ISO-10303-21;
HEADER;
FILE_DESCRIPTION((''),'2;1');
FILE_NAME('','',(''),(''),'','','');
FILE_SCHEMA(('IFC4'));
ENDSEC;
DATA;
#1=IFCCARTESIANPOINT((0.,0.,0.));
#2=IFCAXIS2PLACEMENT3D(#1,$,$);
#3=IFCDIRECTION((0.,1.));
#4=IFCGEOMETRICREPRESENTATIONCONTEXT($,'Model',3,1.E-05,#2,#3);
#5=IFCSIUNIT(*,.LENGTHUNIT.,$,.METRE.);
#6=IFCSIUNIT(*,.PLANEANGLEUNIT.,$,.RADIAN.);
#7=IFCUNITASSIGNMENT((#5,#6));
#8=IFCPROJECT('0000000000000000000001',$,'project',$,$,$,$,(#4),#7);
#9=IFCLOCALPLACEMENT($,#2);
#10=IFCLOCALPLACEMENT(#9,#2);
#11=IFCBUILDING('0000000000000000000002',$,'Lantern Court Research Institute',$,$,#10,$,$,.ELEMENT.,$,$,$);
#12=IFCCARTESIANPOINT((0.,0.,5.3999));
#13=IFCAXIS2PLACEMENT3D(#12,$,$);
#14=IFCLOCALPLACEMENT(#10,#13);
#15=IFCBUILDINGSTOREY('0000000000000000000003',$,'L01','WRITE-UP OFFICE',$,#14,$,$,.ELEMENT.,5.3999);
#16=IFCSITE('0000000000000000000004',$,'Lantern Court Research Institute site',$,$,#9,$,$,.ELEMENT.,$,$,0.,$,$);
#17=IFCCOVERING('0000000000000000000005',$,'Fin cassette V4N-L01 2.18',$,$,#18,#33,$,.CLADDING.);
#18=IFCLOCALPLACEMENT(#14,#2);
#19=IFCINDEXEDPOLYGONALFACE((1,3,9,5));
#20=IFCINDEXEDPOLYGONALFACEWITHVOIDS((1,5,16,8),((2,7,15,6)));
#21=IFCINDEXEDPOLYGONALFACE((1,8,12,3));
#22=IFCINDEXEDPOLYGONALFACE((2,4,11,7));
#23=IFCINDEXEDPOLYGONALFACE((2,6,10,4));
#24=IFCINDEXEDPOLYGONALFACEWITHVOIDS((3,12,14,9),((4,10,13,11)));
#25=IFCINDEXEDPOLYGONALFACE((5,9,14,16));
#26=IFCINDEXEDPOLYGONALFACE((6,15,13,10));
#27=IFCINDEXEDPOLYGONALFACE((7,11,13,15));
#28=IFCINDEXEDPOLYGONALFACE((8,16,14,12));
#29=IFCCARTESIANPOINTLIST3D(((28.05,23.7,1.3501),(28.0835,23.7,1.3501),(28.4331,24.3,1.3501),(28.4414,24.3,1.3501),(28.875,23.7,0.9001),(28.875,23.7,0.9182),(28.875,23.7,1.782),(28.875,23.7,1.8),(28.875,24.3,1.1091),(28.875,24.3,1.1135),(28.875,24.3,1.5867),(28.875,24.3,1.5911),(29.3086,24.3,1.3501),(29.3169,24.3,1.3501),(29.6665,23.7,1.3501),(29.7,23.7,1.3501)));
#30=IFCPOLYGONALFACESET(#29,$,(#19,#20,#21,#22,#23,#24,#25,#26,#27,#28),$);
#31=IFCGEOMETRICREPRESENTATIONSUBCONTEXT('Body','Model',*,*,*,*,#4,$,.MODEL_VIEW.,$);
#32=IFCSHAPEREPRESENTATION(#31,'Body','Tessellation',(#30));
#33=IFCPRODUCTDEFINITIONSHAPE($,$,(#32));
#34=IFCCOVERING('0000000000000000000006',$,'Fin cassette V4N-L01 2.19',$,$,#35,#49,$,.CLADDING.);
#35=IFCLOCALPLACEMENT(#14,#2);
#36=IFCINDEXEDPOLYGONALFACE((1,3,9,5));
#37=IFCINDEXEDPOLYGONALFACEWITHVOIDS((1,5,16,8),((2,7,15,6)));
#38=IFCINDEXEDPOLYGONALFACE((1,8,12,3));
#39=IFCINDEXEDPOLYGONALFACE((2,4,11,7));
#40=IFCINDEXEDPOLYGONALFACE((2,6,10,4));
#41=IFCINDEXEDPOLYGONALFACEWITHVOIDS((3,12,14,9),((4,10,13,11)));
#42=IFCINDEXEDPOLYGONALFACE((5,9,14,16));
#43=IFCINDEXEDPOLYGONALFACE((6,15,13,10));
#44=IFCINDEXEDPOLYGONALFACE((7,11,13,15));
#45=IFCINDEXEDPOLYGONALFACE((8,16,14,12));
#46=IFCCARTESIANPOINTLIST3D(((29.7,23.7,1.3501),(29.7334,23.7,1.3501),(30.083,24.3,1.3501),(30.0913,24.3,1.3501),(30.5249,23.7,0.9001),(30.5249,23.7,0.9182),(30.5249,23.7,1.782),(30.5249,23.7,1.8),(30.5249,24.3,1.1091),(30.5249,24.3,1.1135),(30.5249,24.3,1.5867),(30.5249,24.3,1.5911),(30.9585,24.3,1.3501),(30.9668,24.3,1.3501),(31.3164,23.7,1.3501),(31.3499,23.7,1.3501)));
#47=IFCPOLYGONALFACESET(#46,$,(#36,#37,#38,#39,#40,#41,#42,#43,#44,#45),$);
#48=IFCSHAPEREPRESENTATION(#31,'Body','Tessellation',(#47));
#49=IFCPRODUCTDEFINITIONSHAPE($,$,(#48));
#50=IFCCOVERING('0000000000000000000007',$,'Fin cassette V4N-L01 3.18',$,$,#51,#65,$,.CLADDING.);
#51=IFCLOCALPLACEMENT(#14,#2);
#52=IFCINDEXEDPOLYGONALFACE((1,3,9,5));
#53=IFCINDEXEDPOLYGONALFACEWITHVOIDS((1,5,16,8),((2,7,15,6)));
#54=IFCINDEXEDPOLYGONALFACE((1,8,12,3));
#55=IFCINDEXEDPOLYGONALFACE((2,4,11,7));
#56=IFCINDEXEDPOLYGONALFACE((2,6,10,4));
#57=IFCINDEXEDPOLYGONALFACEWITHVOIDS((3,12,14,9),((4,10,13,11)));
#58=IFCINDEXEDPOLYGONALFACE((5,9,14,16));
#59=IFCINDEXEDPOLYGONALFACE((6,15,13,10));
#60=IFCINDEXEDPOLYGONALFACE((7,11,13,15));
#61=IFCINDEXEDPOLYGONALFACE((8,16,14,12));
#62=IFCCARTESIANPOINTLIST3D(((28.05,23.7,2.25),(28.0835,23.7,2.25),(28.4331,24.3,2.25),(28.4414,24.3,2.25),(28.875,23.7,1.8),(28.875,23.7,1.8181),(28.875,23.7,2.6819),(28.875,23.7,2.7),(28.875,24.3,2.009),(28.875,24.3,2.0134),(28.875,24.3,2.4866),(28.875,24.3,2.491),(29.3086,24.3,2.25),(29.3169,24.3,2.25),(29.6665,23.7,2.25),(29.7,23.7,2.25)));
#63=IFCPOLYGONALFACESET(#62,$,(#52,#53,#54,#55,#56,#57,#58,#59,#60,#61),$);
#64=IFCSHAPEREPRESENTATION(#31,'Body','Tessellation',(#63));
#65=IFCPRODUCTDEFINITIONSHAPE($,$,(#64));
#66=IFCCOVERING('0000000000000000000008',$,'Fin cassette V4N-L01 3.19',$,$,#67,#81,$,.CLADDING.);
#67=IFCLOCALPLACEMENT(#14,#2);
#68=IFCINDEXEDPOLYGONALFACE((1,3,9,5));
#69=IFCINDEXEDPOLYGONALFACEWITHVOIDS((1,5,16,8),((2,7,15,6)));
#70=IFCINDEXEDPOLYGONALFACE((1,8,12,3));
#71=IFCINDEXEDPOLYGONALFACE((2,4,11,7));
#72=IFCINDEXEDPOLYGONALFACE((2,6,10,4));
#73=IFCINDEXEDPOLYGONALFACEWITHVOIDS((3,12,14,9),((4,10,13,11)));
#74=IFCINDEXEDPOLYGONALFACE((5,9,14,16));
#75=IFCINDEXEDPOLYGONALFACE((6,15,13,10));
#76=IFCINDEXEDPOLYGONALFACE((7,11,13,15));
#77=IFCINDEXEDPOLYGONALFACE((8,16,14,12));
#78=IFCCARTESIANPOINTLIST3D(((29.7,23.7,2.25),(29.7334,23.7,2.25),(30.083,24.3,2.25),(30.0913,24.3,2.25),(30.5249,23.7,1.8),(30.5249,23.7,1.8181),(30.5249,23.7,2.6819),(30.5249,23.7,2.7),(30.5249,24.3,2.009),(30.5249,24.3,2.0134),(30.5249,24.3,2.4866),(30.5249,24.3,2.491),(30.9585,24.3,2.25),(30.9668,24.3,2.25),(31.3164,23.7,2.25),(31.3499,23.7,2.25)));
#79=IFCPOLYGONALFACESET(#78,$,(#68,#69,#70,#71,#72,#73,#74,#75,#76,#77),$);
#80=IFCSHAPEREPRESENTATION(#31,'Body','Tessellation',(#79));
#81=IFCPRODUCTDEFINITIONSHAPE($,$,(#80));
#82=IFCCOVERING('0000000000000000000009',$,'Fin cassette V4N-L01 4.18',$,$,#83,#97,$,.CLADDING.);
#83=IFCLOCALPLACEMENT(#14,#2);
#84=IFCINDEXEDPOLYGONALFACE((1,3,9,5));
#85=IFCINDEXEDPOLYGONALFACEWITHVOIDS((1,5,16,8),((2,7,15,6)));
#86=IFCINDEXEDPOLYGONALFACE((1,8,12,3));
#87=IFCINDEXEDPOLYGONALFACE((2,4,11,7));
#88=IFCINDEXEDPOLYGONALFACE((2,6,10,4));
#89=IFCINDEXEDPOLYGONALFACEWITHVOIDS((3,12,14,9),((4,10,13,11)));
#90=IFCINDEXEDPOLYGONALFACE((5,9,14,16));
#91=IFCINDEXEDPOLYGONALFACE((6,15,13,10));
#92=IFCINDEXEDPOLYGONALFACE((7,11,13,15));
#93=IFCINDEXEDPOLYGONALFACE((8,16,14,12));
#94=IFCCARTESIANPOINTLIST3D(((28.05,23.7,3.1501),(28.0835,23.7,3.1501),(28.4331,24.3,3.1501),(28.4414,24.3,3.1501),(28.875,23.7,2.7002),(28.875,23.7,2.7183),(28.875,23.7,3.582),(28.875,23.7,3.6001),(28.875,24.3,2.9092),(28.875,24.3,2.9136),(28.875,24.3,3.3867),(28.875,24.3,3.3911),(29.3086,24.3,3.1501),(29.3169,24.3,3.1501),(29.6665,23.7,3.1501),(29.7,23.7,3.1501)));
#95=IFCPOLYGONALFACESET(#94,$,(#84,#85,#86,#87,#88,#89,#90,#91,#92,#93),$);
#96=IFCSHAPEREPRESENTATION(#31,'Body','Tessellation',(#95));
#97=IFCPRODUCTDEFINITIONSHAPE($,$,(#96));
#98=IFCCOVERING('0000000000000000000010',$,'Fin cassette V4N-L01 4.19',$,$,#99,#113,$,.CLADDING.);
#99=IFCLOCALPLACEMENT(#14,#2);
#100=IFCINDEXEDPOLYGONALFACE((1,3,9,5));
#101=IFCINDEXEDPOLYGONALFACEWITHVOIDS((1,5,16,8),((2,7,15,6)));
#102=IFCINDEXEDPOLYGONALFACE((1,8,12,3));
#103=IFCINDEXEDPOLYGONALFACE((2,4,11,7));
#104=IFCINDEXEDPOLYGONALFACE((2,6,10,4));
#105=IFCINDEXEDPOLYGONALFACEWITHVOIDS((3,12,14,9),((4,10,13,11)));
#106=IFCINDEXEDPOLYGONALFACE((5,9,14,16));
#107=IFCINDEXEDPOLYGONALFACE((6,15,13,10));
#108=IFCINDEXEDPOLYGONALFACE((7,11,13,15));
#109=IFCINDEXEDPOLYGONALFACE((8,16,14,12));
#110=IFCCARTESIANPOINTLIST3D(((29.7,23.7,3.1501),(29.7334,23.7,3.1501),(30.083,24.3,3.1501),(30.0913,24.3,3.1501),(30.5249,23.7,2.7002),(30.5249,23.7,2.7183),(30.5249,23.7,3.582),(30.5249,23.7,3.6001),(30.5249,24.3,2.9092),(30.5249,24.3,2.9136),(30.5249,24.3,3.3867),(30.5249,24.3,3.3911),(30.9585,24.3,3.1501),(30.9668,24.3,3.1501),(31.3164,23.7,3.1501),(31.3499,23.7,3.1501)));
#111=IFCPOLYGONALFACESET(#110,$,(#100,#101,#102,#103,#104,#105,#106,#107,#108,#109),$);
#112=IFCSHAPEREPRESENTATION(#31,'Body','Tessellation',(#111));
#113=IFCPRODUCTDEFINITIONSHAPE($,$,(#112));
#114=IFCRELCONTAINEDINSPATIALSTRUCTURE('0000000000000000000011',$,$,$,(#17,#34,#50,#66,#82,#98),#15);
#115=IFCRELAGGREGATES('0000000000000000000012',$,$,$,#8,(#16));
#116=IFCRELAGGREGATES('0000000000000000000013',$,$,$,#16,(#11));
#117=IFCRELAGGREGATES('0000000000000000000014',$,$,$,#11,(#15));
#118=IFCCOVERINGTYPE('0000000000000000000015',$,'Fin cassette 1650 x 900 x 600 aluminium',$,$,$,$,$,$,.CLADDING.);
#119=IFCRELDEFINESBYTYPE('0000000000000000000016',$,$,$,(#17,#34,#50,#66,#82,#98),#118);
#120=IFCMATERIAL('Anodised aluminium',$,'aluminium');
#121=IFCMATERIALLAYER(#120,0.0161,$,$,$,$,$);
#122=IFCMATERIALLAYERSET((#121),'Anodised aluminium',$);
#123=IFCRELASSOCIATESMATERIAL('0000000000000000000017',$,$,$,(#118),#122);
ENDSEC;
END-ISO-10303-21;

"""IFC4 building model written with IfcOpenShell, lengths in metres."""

from ifc_helpers import new_model, entity, si_unit, direction, frame, origin, place, context, subcontext, project, spatial, material, layer, layer_set, type_object, element, save


model = new_model("IFC4")

# Units and contexts
model_context = context("Model", 3, precision=1e-05, world=origin(), true_north=direction((0.0, 1.0)))
body_context = subcontext(model_context, "Body", "Model", "MODEL_VIEW")
ifc_project = project(units=[si_unit("LENGTHUNIT", "METRE"), si_unit("PLANEANGLEUNIT", "RADIAN")], contexts=[model_context])

# Site, building, storey
site_placement = place(None, origin())
site = spatial("IfcSite", under=ifc_project, at=site_placement, Name="Lantern Court Research Institute site", CompositionType="ELEMENT", RefElevation=0.0)
building_placement = place(site_placement, origin())
building = spatial("IfcBuilding", under=site, at=building_placement, Name="Lantern Court Research Institute", CompositionType="ELEMENT")
storey_placement = place(building_placement, frame((0.0, 0.0, 5.3999)))
storey = spatial("IfcBuildingStorey", under=building, at=storey_placement, Name="L01", Description="WRITE-UP OFFICE", CompositionType="ELEMENT", Elevation=5.3999)

# Coverings
ifc_material_1 = material(Name="Anodised aluminium", Category="aluminium")
ifc_layer_1 = layer(ifc_material_1, 0.0161)
ifc_layer_set_1 = layer_set([ifc_layer_1], Name="Anodised aluminium")
covering_type = type_object("IfcCoveringType", Name="Fin cassette 1650 x 900 x 600 aluminium", PredefinedType="CLADDING", material=ifc_layer_set_1)
covering_1_placement = place(storey_placement, frame((28.875, 23.7, 1.3501), z_axis=(0.0, 1.0, 0.0), x_axis=(-1.0, 0.0, 0.0)))
cartesian_point_1 = entity("IfcCartesianPoint", [0.825, 0.0])
cartesian_point_2 = entity("IfcCartesianPoint", [0.7915, 0.0])
cartesian_point_3 = entity("IfcCartesianPoint", [0.4419, 0.0])
cartesian_point_4 = entity("IfcCartesianPoint", [0.4336, 0.0])
element("IfcCovering", 1, at=covering_1_placement, inside=storey, type_object=covering_type, Name="Fin cassette V4N-L01 2.18", PredefinedType="CLADDING", context=body_context, shape_type="SweptSolid", body=[
    entity("IfcExtrudedAreaSolidTapered", entity("IfcArbitraryProfileDefWithVoids", "AREA", None, entity("IfcPolyline", [cartesian_point_1, entity("IfcCartesianPoint", [0.0, 0.45]), entity("IfcCartesianPoint", [-0.825, 0.0]), entity("IfcCartesianPoint", [0.0, -0.45]), cartesian_point_1]), [entity("IfcPolyline", [cartesian_point_2, entity("IfcCartesianPoint", [0.0, 0.4319]), entity("IfcCartesianPoint", [-0.7915, 0.0]), entity("IfcCartesianPoint", [0.0, -0.4319]), cartesian_point_2])]), entity("IfcAxis2Placement3D", entity("IfcCartesianPoint", [0.0, 0.0, 0.0])), entity("IfcDirection", [0.0, 0.0, 1.0]), 0.6001, entity("IfcArbitraryProfileDefWithVoids", "AREA", None, entity("IfcPolyline", [cartesian_point_3, entity("IfcCartesianPoint", [0.0, 0.241]), entity("IfcCartesianPoint", [-0.4419, 0.0]), entity("IfcCartesianPoint", [0.0, -0.241]), cartesian_point_3]), [entity("IfcPolyline", [cartesian_point_4, entity("IfcCartesianPoint", [0.0, 0.2366]), entity("IfcCartesianPoint", [-0.4336, 0.0]), entity("IfcCartesianPoint", [0.0, -0.2366]), cartesian_point_4])])),
])
covering_2_placement = place(storey_placement, frame((30.5249, 23.7, 1.3501), z_axis=(0.0, 1.0, 0.0), x_axis=(-1.0, 0.0, 0.0)))
cartesian_point_5 = entity("IfcCartesianPoint", [0.825, 0.0])
cartesian_point_6 = entity("IfcCartesianPoint", [0.7915, 0.0])
cartesian_point_7 = entity("IfcCartesianPoint", [0.4419, 0.0])
cartesian_point_8 = entity("IfcCartesianPoint", [0.4336, 0.0])
element("IfcCovering", 2, at=covering_2_placement, inside=storey, type_object=covering_type, Name="Fin cassette V4N-L01 2.19", PredefinedType="CLADDING", context=body_context, shape_type="SweptSolid", body=[
    entity("IfcExtrudedAreaSolidTapered", entity("IfcArbitraryProfileDefWithVoids", "AREA", None, entity("IfcPolyline", [cartesian_point_5, entity("IfcCartesianPoint", [0.0, 0.45]), entity("IfcCartesianPoint", [-0.825, 0.0]), entity("IfcCartesianPoint", [0.0, -0.45]), cartesian_point_5]), [entity("IfcPolyline", [cartesian_point_6, entity("IfcCartesianPoint", [0.0, 0.4319]), entity("IfcCartesianPoint", [-0.7915, 0.0]), entity("IfcCartesianPoint", [0.0, -0.4319]), cartesian_point_6])]), entity("IfcAxis2Placement3D", entity("IfcCartesianPoint", [0.0, 0.0, 0.0])), entity("IfcDirection", [0.0, 0.0, 1.0]), 0.6001, entity("IfcArbitraryProfileDefWithVoids", "AREA", None, entity("IfcPolyline", [cartesian_point_7, entity("IfcCartesianPoint", [0.0, 0.241]), entity("IfcCartesianPoint", [-0.4419, 0.0]), entity("IfcCartesianPoint", [0.0, -0.241]), cartesian_point_7]), [entity("IfcPolyline", [cartesian_point_8, entity("IfcCartesianPoint", [0.0, 0.2366]), entity("IfcCartesianPoint", [-0.4336, 0.0]), entity("IfcCartesianPoint", [0.0, -0.2366]), cartesian_point_8])])),
])
covering_3_placement = place(storey_placement, frame((28.875, 23.7, 2.25), z_axis=(0.0, 1.0, 0.0), x_axis=(-1.0, 0.0, 0.0)))
cartesian_point_9 = entity("IfcCartesianPoint", [0.825, 0.0])
cartesian_point_10 = entity("IfcCartesianPoint", [0.7915, 0.0])
cartesian_point_11 = entity("IfcCartesianPoint", [0.4419, 0.0])
cartesian_point_12 = entity("IfcCartesianPoint", [0.4336, 0.0])
element("IfcCovering", 3, at=covering_3_placement, inside=storey, type_object=covering_type, Name="Fin cassette V4N-L01 3.18", PredefinedType="CLADDING", context=body_context, shape_type="SweptSolid", body=[
    entity("IfcExtrudedAreaSolidTapered", entity("IfcArbitraryProfileDefWithVoids", "AREA", None, entity("IfcPolyline", [cartesian_point_9, entity("IfcCartesianPoint", [0.0, 0.45]), entity("IfcCartesianPoint", [-0.825, 0.0]), entity("IfcCartesianPoint", [0.0, -0.45]), cartesian_point_9]), [entity("IfcPolyline", [cartesian_point_10, entity("IfcCartesianPoint", [0.0, 0.4319]), entity("IfcCartesianPoint", [-0.7915, 0.0]), entity("IfcCartesianPoint", [0.0, -0.4319]), cartesian_point_10])]), entity("IfcAxis2Placement3D", entity("IfcCartesianPoint", [0.0, 0.0, 0.0])), entity("IfcDirection", [0.0, 0.0, 1.0]), 0.6001, entity("IfcArbitraryProfileDefWithVoids", "AREA", None, entity("IfcPolyline", [cartesian_point_11, entity("IfcCartesianPoint", [0.0, 0.241]), entity("IfcCartesianPoint", [-0.4419, 0.0]), entity("IfcCartesianPoint", [0.0, -0.241]), cartesian_point_11]), [entity("IfcPolyline", [cartesian_point_12, entity("IfcCartesianPoint", [0.0, 0.2366]), entity("IfcCartesianPoint", [-0.4336, 0.0]), entity("IfcCartesianPoint", [0.0, -0.2366]), cartesian_point_12])])),
])
covering_4_placement = place(storey_placement, frame((30.5249, 23.7, 2.25), z_axis=(0.0, 1.0, 0.0), x_axis=(-1.0, 0.0, 0.0)))
cartesian_point_13 = entity("IfcCartesianPoint", [0.825, 0.0])
cartesian_point_14 = entity("IfcCartesianPoint", [0.7915, 0.0])
cartesian_point_15 = entity("IfcCartesianPoint", [0.4419, 0.0])
cartesian_point_16 = entity("IfcCartesianPoint", [0.4336, 0.0])
element("IfcCovering", 4, at=covering_4_placement, inside=storey, type_object=covering_type, Name="Fin cassette V4N-L01 3.19", PredefinedType="CLADDING", context=body_context, shape_type="SweptSolid", body=[
    entity("IfcExtrudedAreaSolidTapered", entity("IfcArbitraryProfileDefWithVoids", "AREA", None, entity("IfcPolyline", [cartesian_point_13, entity("IfcCartesianPoint", [0.0, 0.45]), entity("IfcCartesianPoint", [-0.825, 0.0]), entity("IfcCartesianPoint", [0.0, -0.45]), cartesian_point_13]), [entity("IfcPolyline", [cartesian_point_14, entity("IfcCartesianPoint", [0.0, 0.4319]), entity("IfcCartesianPoint", [-0.7915, 0.0]), entity("IfcCartesianPoint", [0.0, -0.4319]), cartesian_point_14])]), entity("IfcAxis2Placement3D", entity("IfcCartesianPoint", [0.0, 0.0, 0.0])), entity("IfcDirection", [0.0, 0.0, 1.0]), 0.6001, entity("IfcArbitraryProfileDefWithVoids", "AREA", None, entity("IfcPolyline", [cartesian_point_15, entity("IfcCartesianPoint", [0.0, 0.241]), entity("IfcCartesianPoint", [-0.4419, 0.0]), entity("IfcCartesianPoint", [0.0, -0.241]), cartesian_point_15]), [entity("IfcPolyline", [cartesian_point_16, entity("IfcCartesianPoint", [0.0, 0.2366]), entity("IfcCartesianPoint", [-0.4336, 0.0]), entity("IfcCartesianPoint", [0.0, -0.2366]), cartesian_point_16])])),
])
covering_5_placement = place(storey_placement, frame((28.875, 23.7, 3.1501), z_axis=(0.0, 1.0, 0.0), x_axis=(-1.0, 0.0, 0.0)))
cartesian_point_17 = entity("IfcCartesianPoint", [0.825, 0.0])
cartesian_point_18 = entity("IfcCartesianPoint", [0.7915, 0.0])
cartesian_point_19 = entity("IfcCartesianPoint", [0.4419, 0.0])
cartesian_point_20 = entity("IfcCartesianPoint", [0.4336, 0.0])
element("IfcCovering", 5, at=covering_5_placement, inside=storey, type_object=covering_type, Name="Fin cassette V4N-L01 4.18", PredefinedType="CLADDING", context=body_context, shape_type="SweptSolid", body=[
    entity("IfcExtrudedAreaSolidTapered", entity("IfcArbitraryProfileDefWithVoids", "AREA", None, entity("IfcPolyline", [cartesian_point_17, entity("IfcCartesianPoint", [0.0, 0.45]), entity("IfcCartesianPoint", [-0.825, 0.0]), entity("IfcCartesianPoint", [0.0, -0.45]), cartesian_point_17]), [entity("IfcPolyline", [cartesian_point_18, entity("IfcCartesianPoint", [0.0, 0.4319]), entity("IfcCartesianPoint", [-0.7915, 0.0]), entity("IfcCartesianPoint", [0.0, -0.4319]), cartesian_point_18])]), entity("IfcAxis2Placement3D", entity("IfcCartesianPoint", [0.0, 0.0, 0.0])), entity("IfcDirection", [0.0, 0.0, 1.0]), 0.6001, entity("IfcArbitraryProfileDefWithVoids", "AREA", None, entity("IfcPolyline", [cartesian_point_19, entity("IfcCartesianPoint", [0.0, 0.241]), entity("IfcCartesianPoint", [-0.4419, 0.0]), entity("IfcCartesianPoint", [0.0, -0.241]), cartesian_point_19]), [entity("IfcPolyline", [cartesian_point_20, entity("IfcCartesianPoint", [0.0, 0.2366]), entity("IfcCartesianPoint", [-0.4336, 0.0]), entity("IfcCartesianPoint", [0.0, -0.2366]), cartesian_point_20])])),
])
covering_6_placement = place(storey_placement, frame((30.5249, 23.7, 3.1501), z_axis=(0.0, 1.0, 0.0), x_axis=(-1.0, 0.0, 0.0)))
cartesian_point_21 = entity("IfcCartesianPoint", [0.825, 0.0])
cartesian_point_22 = entity("IfcCartesianPoint", [0.7915, 0.0])
cartesian_point_23 = entity("IfcCartesianPoint", [0.4419, 0.0])
cartesian_point_24 = entity("IfcCartesianPoint", [0.4336, 0.0])
element("IfcCovering", 6, at=covering_6_placement, inside=storey, type_object=covering_type, Name="Fin cassette V4N-L01 4.19", PredefinedType="CLADDING", context=body_context, shape_type="SweptSolid", body=[
    entity("IfcExtrudedAreaSolidTapered", entity("IfcArbitraryProfileDefWithVoids", "AREA", None, entity("IfcPolyline", [cartesian_point_21, entity("IfcCartesianPoint", [0.0, 0.45]), entity("IfcCartesianPoint", [-0.825, 0.0]), entity("IfcCartesianPoint", [0.0, -0.45]), cartesian_point_21]), [entity("IfcPolyline", [cartesian_point_22, entity("IfcCartesianPoint", [0.0, 0.4319]), entity("IfcCartesianPoint", [-0.7915, 0.0]), entity("IfcCartesianPoint", [0.0, -0.4319]), cartesian_point_22])]), entity("IfcAxis2Placement3D", entity("IfcCartesianPoint", [0.0, 0.0, 0.0])), entity("IfcDirection", [0.0, 0.0, 1.0]), 0.6001, entity("IfcArbitraryProfileDefWithVoids", "AREA", None, entity("IfcPolyline", [cartesian_point_23, entity("IfcCartesianPoint", [0.0, 0.241]), entity("IfcCartesianPoint", [-0.4419, 0.0]), entity("IfcCartesianPoint", [0.0, -0.241]), cartesian_point_23]), [entity("IfcPolyline", [cartesian_point_24, entity("IfcCartesianPoint", [0.0, 0.2366]), entity("IfcCartesianPoint", [-0.4336, 0.0]), entity("IfcCartesianPoint", [0.0, -0.2366]), cartesian_point_24])])),
])

save(model, "model.ifc")
